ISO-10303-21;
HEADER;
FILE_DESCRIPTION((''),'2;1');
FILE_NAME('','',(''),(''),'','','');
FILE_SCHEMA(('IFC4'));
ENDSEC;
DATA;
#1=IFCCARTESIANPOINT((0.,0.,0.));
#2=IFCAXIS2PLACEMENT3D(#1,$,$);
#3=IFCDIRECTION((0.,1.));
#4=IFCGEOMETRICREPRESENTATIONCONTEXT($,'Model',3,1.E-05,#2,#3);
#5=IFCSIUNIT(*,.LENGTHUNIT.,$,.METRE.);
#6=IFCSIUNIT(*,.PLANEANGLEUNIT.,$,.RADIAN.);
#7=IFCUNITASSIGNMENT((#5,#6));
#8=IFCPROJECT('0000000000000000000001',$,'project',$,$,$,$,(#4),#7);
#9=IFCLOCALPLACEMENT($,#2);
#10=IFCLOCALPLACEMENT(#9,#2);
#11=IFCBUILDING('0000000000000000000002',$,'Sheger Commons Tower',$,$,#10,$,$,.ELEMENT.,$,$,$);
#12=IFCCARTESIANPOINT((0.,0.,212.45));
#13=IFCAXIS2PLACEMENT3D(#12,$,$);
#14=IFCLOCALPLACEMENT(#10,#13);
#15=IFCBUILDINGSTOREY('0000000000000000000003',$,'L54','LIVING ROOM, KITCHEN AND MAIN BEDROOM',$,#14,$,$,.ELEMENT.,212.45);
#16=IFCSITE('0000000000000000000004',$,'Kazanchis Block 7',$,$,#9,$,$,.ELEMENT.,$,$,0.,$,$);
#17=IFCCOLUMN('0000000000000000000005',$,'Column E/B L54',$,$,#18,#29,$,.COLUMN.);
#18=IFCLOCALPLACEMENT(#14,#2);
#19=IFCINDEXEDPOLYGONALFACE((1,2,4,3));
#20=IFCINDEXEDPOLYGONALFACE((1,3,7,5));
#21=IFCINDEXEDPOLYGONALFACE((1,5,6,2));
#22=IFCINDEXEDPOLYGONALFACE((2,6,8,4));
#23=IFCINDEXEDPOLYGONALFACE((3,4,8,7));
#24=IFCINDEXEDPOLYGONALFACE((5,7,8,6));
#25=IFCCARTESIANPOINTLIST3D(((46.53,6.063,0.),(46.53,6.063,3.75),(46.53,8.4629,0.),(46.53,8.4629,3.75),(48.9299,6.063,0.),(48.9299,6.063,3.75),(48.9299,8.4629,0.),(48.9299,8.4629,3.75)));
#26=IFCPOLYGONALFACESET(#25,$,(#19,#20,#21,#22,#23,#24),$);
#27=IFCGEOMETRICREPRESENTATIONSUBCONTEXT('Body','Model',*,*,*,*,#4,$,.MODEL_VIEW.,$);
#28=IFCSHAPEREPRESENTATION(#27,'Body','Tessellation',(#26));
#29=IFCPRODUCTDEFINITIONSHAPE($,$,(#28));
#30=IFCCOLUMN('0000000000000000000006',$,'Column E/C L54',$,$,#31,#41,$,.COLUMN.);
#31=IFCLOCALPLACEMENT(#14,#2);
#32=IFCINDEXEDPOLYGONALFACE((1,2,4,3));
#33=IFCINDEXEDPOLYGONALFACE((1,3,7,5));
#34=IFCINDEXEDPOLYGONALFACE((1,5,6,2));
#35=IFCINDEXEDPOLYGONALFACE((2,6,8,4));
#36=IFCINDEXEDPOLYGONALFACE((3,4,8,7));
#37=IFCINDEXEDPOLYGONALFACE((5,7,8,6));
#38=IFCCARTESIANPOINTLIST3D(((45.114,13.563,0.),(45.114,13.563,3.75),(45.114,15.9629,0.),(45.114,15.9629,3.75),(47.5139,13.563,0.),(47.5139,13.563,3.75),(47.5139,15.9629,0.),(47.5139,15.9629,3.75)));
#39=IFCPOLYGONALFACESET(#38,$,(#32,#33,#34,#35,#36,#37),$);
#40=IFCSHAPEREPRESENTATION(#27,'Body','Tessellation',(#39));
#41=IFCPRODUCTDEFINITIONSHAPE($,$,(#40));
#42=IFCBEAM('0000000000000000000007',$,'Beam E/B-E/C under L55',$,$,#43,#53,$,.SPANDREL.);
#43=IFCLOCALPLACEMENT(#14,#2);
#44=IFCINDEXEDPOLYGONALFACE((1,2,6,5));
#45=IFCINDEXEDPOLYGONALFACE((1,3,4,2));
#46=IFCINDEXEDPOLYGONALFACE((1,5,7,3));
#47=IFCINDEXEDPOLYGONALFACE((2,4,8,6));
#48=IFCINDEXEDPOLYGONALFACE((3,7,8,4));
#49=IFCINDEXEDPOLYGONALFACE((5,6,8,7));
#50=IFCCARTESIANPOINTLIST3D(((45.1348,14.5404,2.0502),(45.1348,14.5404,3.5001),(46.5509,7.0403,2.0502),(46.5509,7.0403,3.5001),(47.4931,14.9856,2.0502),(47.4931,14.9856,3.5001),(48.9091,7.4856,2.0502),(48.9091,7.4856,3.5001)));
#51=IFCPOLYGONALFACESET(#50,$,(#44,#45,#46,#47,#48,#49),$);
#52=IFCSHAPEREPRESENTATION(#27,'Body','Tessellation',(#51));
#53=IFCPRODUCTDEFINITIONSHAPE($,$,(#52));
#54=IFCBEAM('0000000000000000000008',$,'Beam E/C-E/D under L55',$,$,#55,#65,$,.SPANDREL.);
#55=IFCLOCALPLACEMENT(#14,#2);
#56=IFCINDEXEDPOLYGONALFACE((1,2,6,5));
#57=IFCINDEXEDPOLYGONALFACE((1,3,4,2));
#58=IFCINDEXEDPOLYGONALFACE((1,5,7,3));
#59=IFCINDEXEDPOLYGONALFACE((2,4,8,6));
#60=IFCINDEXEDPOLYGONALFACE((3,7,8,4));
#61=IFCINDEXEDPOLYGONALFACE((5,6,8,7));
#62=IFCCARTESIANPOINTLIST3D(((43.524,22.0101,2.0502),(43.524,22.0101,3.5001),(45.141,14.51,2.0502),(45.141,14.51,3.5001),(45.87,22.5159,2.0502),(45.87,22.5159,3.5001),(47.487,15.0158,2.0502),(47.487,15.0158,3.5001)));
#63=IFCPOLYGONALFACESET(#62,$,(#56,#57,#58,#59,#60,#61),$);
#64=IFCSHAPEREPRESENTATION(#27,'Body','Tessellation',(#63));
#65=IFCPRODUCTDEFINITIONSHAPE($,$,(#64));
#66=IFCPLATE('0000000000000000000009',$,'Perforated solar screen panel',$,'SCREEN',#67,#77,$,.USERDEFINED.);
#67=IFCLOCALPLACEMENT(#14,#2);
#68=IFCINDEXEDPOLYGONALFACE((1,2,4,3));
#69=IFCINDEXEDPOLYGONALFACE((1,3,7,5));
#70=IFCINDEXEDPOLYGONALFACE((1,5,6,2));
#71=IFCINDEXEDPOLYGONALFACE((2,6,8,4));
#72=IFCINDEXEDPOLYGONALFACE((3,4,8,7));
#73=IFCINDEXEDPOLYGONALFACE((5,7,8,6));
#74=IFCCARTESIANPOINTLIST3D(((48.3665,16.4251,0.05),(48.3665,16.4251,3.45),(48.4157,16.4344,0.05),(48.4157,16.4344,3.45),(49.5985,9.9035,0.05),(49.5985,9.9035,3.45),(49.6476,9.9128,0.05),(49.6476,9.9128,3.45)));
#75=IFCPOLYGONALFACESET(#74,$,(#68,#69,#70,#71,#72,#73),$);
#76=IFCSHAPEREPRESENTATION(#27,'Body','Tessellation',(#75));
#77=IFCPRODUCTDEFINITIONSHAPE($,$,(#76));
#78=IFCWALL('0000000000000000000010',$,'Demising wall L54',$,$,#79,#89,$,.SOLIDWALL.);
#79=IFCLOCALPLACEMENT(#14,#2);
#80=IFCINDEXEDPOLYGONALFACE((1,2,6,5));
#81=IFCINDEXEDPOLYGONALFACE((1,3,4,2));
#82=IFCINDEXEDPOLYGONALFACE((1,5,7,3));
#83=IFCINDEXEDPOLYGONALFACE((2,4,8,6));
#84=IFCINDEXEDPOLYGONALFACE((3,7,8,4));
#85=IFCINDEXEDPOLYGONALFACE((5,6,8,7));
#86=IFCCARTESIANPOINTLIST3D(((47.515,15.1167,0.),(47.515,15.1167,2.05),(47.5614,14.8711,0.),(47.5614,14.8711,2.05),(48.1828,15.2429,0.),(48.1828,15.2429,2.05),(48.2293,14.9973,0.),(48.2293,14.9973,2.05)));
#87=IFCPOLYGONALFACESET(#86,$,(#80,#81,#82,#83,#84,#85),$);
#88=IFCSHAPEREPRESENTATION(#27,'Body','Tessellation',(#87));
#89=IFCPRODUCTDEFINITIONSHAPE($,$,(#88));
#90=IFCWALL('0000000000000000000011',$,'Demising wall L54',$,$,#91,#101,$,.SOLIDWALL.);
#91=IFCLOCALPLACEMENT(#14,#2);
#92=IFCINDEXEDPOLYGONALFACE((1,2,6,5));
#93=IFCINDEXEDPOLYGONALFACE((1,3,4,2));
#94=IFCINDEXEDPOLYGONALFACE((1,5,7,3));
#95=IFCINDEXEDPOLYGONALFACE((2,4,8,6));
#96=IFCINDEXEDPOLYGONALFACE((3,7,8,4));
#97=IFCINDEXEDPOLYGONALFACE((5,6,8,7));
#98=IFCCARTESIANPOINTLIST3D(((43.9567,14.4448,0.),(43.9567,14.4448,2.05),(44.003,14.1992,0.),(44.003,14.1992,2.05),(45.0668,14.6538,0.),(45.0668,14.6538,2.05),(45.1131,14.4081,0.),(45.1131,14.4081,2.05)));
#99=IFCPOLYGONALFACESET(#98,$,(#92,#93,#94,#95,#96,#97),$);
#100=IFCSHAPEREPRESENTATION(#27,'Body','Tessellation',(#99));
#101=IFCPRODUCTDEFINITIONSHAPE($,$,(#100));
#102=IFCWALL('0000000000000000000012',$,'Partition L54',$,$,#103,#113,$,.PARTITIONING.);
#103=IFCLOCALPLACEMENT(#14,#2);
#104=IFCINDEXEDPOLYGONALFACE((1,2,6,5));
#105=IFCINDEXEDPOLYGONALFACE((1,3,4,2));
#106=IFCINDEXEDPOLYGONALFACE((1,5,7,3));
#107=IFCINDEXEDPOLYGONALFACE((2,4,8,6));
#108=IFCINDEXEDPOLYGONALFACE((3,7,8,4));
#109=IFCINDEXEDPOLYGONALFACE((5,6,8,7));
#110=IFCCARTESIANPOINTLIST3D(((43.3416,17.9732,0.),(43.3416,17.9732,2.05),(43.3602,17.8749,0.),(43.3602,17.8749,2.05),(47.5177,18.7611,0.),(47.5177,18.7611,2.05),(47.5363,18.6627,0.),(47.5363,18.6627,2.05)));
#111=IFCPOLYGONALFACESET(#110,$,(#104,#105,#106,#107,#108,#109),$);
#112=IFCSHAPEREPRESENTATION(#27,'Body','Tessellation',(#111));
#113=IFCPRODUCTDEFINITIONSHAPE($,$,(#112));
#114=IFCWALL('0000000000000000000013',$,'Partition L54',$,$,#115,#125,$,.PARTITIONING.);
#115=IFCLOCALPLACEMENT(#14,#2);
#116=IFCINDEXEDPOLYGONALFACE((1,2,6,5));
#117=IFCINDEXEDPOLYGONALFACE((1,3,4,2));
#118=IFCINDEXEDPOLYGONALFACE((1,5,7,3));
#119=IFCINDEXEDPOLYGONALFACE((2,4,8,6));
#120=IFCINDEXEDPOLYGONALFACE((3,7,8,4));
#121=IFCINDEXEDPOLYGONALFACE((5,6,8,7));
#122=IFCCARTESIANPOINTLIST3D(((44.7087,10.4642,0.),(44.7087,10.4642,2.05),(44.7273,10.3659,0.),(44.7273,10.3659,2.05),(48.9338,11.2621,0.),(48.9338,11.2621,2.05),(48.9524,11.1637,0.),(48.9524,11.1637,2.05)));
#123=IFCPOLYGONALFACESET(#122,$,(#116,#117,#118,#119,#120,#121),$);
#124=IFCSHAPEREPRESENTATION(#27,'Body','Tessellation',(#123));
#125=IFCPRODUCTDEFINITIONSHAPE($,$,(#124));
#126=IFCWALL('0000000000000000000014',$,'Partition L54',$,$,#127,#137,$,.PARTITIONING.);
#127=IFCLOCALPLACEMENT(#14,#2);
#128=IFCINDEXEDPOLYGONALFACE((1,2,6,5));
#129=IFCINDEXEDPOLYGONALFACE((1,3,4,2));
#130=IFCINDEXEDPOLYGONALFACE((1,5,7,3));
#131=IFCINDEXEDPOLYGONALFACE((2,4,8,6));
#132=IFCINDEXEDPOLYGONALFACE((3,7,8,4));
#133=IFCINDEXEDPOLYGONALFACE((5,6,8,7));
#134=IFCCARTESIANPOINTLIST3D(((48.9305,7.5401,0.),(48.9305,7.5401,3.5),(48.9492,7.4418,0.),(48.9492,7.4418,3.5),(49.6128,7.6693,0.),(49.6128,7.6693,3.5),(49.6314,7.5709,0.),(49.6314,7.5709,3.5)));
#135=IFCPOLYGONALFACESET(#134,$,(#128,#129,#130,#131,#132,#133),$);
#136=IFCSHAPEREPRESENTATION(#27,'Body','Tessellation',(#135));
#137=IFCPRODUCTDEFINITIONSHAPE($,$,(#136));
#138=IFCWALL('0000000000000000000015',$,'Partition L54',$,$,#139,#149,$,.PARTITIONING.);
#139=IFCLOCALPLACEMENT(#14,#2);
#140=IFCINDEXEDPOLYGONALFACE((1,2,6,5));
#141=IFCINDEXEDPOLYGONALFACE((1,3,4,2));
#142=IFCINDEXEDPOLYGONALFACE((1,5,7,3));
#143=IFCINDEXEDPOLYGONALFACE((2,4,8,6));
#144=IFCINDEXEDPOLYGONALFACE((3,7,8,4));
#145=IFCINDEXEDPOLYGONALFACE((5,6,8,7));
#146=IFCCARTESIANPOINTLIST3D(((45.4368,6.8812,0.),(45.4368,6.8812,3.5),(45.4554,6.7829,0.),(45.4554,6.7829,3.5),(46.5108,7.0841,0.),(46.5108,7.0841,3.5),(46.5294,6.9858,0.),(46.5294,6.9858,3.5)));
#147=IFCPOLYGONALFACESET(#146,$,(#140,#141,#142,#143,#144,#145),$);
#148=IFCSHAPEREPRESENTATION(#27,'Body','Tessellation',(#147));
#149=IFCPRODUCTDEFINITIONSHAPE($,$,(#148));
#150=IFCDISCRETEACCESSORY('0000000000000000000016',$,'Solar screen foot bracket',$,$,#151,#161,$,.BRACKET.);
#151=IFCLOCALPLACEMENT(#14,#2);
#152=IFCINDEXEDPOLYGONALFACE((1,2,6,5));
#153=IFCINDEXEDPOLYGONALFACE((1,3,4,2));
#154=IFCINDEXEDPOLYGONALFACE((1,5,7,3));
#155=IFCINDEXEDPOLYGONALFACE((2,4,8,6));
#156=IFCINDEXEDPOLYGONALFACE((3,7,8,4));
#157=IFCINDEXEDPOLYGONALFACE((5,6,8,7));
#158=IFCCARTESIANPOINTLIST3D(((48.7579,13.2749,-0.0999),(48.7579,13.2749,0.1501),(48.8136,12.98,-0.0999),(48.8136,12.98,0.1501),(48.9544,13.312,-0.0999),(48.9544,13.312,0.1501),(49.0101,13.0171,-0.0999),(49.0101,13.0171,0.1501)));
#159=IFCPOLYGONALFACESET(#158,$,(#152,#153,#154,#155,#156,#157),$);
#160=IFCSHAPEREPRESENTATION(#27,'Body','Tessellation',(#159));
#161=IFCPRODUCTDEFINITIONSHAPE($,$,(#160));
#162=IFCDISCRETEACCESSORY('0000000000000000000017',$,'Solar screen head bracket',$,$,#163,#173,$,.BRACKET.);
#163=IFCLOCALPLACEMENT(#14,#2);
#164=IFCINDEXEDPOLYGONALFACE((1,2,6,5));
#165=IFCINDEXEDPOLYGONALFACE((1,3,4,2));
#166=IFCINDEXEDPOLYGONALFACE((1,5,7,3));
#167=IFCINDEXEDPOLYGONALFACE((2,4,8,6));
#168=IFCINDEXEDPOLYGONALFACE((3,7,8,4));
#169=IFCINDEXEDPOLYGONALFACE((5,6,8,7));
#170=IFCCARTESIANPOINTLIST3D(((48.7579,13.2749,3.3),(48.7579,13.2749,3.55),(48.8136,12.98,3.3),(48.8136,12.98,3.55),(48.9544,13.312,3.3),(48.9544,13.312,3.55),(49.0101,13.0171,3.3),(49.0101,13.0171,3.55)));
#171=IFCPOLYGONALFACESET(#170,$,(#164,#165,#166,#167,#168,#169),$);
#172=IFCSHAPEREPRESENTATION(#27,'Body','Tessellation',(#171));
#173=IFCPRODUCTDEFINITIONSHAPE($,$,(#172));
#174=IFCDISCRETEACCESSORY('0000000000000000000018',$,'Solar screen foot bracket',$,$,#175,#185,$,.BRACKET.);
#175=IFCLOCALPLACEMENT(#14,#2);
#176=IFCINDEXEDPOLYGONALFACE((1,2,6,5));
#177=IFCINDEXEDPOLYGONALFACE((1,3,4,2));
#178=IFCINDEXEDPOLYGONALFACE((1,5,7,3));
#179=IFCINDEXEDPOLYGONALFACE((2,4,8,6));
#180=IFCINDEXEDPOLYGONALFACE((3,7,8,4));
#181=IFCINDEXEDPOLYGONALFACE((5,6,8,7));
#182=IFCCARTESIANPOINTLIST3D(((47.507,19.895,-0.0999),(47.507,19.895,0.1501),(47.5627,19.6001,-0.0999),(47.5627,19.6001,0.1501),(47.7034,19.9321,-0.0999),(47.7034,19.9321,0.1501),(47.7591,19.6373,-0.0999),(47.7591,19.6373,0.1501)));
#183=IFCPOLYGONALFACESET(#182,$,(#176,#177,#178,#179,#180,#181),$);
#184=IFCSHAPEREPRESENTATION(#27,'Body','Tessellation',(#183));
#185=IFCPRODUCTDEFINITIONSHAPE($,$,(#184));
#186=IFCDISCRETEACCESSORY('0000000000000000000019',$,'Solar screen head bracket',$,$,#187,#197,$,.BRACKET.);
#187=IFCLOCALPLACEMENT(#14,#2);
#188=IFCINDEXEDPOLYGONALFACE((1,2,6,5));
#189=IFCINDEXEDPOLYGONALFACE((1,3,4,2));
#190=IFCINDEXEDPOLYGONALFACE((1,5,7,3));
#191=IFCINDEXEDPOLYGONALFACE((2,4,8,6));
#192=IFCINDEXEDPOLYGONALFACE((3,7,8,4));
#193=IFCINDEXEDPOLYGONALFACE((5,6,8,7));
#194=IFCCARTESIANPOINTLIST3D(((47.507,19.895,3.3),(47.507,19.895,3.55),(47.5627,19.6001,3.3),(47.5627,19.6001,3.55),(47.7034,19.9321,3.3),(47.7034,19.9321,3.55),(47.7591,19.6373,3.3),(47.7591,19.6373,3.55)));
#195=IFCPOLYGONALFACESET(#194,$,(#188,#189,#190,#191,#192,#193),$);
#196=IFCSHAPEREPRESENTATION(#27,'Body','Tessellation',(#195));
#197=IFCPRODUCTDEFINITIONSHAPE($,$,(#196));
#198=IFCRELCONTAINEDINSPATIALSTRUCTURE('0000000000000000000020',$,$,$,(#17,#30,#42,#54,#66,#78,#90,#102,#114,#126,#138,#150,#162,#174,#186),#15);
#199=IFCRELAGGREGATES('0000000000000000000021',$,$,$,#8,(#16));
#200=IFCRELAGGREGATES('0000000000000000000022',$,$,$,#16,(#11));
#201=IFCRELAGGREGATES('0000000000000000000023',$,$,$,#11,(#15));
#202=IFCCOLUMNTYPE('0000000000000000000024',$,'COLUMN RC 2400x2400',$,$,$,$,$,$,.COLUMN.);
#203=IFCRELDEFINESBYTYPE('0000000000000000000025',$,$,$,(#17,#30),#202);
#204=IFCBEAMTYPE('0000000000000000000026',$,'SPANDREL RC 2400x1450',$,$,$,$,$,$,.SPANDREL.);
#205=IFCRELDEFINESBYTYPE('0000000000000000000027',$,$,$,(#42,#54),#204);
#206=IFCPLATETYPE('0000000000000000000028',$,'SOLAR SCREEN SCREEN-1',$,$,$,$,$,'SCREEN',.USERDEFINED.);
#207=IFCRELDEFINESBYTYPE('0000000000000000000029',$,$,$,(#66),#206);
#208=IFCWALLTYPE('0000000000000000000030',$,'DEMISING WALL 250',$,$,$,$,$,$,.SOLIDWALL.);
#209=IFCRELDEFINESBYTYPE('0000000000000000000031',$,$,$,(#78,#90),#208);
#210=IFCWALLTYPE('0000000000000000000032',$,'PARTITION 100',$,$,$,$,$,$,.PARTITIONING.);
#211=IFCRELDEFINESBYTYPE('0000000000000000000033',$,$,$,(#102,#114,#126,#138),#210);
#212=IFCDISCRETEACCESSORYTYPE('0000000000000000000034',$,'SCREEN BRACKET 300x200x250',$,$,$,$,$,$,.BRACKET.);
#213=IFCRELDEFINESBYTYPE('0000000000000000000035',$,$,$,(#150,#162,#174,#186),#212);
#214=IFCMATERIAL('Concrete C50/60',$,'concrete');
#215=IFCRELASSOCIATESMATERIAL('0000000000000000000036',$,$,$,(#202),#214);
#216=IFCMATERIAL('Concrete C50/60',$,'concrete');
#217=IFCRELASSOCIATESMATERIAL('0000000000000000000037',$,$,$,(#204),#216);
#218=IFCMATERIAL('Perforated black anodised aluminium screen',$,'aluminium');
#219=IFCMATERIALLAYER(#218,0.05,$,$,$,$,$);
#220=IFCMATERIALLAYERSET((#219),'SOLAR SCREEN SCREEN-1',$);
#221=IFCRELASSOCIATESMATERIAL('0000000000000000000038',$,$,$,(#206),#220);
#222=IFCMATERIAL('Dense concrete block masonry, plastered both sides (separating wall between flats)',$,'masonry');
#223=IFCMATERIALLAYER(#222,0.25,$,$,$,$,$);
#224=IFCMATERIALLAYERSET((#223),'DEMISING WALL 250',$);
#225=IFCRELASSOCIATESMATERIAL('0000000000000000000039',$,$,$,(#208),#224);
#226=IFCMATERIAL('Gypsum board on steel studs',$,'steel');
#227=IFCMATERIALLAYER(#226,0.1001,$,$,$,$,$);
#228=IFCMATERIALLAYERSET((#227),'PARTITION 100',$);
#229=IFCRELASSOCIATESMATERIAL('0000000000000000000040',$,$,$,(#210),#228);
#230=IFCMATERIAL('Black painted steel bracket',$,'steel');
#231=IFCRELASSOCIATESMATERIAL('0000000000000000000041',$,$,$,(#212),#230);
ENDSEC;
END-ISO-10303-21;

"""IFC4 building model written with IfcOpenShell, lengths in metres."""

from ifc_helpers import new_model, si_unit, direction, frame, frame_2d, origin, origin_2d, place, context, subcontext, project, spatial, rectangle, extrude, material, layer, layer_set, material_profile, profile_set, type_object, element, save


model = new_model("IFC4")

# Units and contexts
model_context = context("Model", 3, precision=1e-05, world=origin(), true_north=direction((0.0, 1.0)))
body_context = subcontext(model_context, "Body", "Model", "MODEL_VIEW")
ifc_project = project(units=[si_unit("LENGTHUNIT", "METRE"), si_unit("PLANEANGLEUNIT", "RADIAN")], contexts=[model_context])

# Site, building, storey
site_placement = place(None, origin())
site = spatial("IfcSite", under=ifc_project, at=site_placement, Name="Kazanchis Block 7", CompositionType="ELEMENT", RefElevation=0.0)
building_placement = place(site_placement, origin())
building = spatial("IfcBuilding", under=site, at=building_placement, Name="Sheger Commons Tower", CompositionType="ELEMENT")
storey_placement = place(building_placement, frame((0.0, 0.0, 212.45)))
storey = spatial("IfcBuildingStorey", under=building, at=storey_placement, Name="L54", Description="LIVING ROOM, KITCHEN AND MAIN BEDROOM", CompositionType="ELEMENT", Elevation=212.45)

# Columns
ifc_material_1 = material(Name="Concrete C50/60", Category="concrete")
ifc_material_profile_1 = material_profile(ifc_material_1, rectangle(XDim=2.3999, YDim=2.3999, at=origin_2d()), Name="RC 2400x2400")
ifc_profile_set_1 = profile_set([ifc_material_profile_1], Name="Concrete C50/60")
column_type = type_object("IfcColumnType", Name="COLUMN RC 2400x2400", PredefinedType="COLUMN", material=ifc_profile_set_1)
for number, where, z_axis, x_axis, name in (
    (1, (47.73, 7.2629, 0.0), (0.0, 0.0, 1.0), (1.0, 0.0, 0.0), "Column E/B L54"),
    (2, (46.314, 14.7629, 0.0), (0.0, 0.0, 1.0), (1.0, 0.0, 0.0), "Column E/C L54"),
):
    element("IfcColumn", number, at=place(storey_placement, frame(where, z_axis=z_axis, x_axis=x_axis)), inside=storey, type_object=column_type, Name=name, PredefinedType="COLUMN", context=body_context, shape_type="SweptSolid", body=[
        extrude(rectangle(XDim=2.3999, YDim=2.3999, at=origin_2d()), origin(), (0.0, 0.0, 1.0), 3.75),
    ])

# Beams
ifc_material_2 = material(Name="Concrete C50/60", Category="concrete")
ifc_material_profile_2 = material_profile(ifc_material_2, rectangle(XDim=2.3999, YDim=1.45, at=origin_2d()), Name="RC 2400x1450")
ifc_profile_set_2 = profile_set([ifc_material_profile_2], Name="Concrete C50/60")
beam_type = type_object("IfcBeamType", Name="SPANDREL RC 2400x1450", PredefinedType="SPANDREL", material=ifc_profile_set_2)
beam_1_placement = place(storey_placement, frame((47.73, 7.2629, 2.7751), z_axis=(-0.185524, 0.98264, 0.0), x_axis=(-0.98264, -0.185524, 0.0)))
element("IfcBeam", 3, at=beam_1_placement, inside=storey, type_object=beam_type, Name="Beam E/B-E/C under L55", PredefinedType="SPANDREL", context=body_context, shape_type="SweptSolid", body=[
    extrude(rectangle(XDim=2.3999, YDim=1.45, at=origin_2d()), origin(), (0.0, 0.0, 1.0), 7.6326),
])
beam_2_placement = place(storey_placement, frame((46.314, 14.7629, 2.7751), z_axis=(-0.21075, 0.97754, 0.0), x_axis=(-0.97754, -0.21075, 0.0)))
element("IfcBeam", 4, at=beam_2_placement, inside=storey, type_object=beam_type, Name="Beam E/C-E/D under L55", PredefinedType="SPANDREL", context=body_context, shape_type="SweptSolid", body=[
    extrude(rectangle(XDim=2.3999, YDim=1.45, at=origin_2d()), origin(), (0.0, 0.0, 1.0), 7.6724),
])

# Plate
ifc_material_3 = material(Name="Perforated black anodised aluminium screen", Category="aluminium")
ifc_layer_1 = layer(ifc_material_3, 0.05)
ifc_layer_set_1 = layer_set([ifc_layer_1], Name="SOLAR SCREEN SCREEN-1")
plate_type = type_object("IfcPlateType", Name="SOLAR SCREEN SCREEN-1", ElementType="SCREEN", PredefinedType="USERDEFINED", material=ifc_layer_set_1)
plate_placement = place(storey_placement, frame((49.0071, 13.1689, 0.05), z_axis=(0.0, 0.0, 1.0), x_axis=(-0.185615, 0.982623, 0.0)))
element("IfcPlate", 5, at=plate_placement, inside=storey, type_object=plate_type, Name="Perforated solar screen panel", ObjectType="SCREEN", PredefinedType="USERDEFINED", context=body_context, shape_type="SweptSolid", body=[
    extrude(rectangle(XDim=6.637, YDim=0.05, at=origin_2d()), origin(), (0.0, 0.0, 1.0), 3.3999),
])

# Walls
ifc_material_4 = material(Name="Dense concrete block masonry, plastered both sides (separating wall between flats)", Category="masonry")
ifc_layer_2 = layer(ifc_material_4, 0.25)
ifc_layer_set_2 = layer_set([ifc_layer_2], Name="DEMISING WALL 250")
wall_type_1 = type_object("IfcWallType", Name="DEMISING WALL 250", PredefinedType="SOLIDWALL", material=ifc_layer_set_2)
wall_1_placement = place(storey_placement, frame((48.2061, 15.1201, 0.0), z_axis=(0.0, 0.0, 1.0), x_axis=(-0.982611, -0.185676, 0.0)))
element("IfcWall", 6, at=wall_1_placement, inside=storey, type_object=wall_type_1, Name="Demising wall L54", PredefinedType="SOLIDWALL", context=body_context, shape_type="SweptSolid", body=[
    extrude(rectangle(XDim=0.6797, YDim=0.25, at=frame_2d((0.3398, 0.0))), origin(), (0.0, 0.0, 1.0), 2.05),
])
wall_2_placement = place(storey_placement, frame((45.0901, 14.531, 0.0), z_axis=(0.0, 0.0, 1.0), x_axis=(-0.982737, -0.185006, 0.0)))
element("IfcWall", 7, at=wall_2_placement, inside=storey, type_object=wall_type_1, Name="Demising wall L54", PredefinedType="SOLIDWALL", context=body_context, shape_type="SweptSolid", body=[
    extrude(rectangle(XDim=1.1296, YDim=0.25, at=frame_2d((0.5649, 0.0))), origin(), (0.0, 0.0, 1.0), 2.05),
])
ifc_material_5 = material(Name="Gypsum board on steel studs", Category="steel")
ifc_layer_3 = layer(ifc_material_5, 0.1001)
ifc_layer_set_3 = layer_set([ifc_layer_3], Name="PARTITION 100")
wall_type_2 = type_object("IfcWallType", Name="PARTITION 100", PredefinedType="PARTITIONING", material=ifc_layer_set_3)
wall_3_placement = place(storey_placement, frame((47.5271, 18.7119, 0.0), z_axis=(0.0, 0.0, 1.0), x_axis=(-0.982665, -0.185388, 0.0)))
element("IfcWall", 8, at=wall_3_placement, inside=storey, type_object=wall_type_2, Name="Partition L54", PredefinedType="PARTITIONING", context=body_context, shape_type="SweptSolid", body=[
    extrude(rectangle(XDim=4.2498, YDim=0.1001, at=frame_2d((2.125, 0.0))), origin(), (0.0, 0.0, 1.0), 2.05),
])
wall_4_placement = place(storey_placement, frame((48.9431, 11.2129, 0.0), z_axis=(0.0, 0.0, 1.0), x_axis=(-0.982634, -0.185557, 0.0)))
element("IfcWall", 9, at=wall_4_placement, inside=storey, type_object=wall_type_2, Name="Partition L54", PredefinedType="PARTITIONING", context=body_context, shape_type="SweptSolid", body=[
    extrude(rectangle(XDim=4.2998, YDim=0.1001, at=frame_2d((2.1499, 0.0))), origin(), (0.0, 0.0, 1.0), 2.05),
])
wall_5_placement = place(storey_placement, frame((49.6221, 7.6201, 0.0), z_axis=(0.0, 0.0, 1.0), x_axis=(-0.982544, -0.186029, 0.0)))
element("IfcWall", 10, at=wall_5_placement, inside=storey, type_object=wall_type_2, Name="Partition L54", PredefinedType="PARTITIONING", context=body_context, shape_type="SweptSolid", body=[
    extrude(rectangle(XDim=0.6943, YDim=0.1001, at=frame_2d((0.3472, 0.0))), origin(), (0.0, 0.0, 1.0), 3.5),
])
wall_6_placement = place(storey_placement, frame((46.52, 7.0349, 0.0), z_axis=(0.0, 0.0, 1.0), x_axis=(-0.982621, -0.185624, 0.0)))
element("IfcWall", 11, at=wall_6_placement, inside=storey, type_object=wall_type_2, Name="Partition L54", PredefinedType="PARTITIONING", context=body_context, shape_type="SweptSolid", body=[
    extrude(rectangle(XDim=1.093, YDim=0.1001, at=frame_2d((0.5464, 0.0))), origin(), (0.0, 0.0, 1.0), 3.5),
])

# Discrete accessories
ifc_material_6 = material(Name="Black painted steel bracket", Category="steel")
discrete_accessory_type = type_object("IfcDiscreteAccessoryType", Name="SCREEN BRACKET 300x200x250", PredefinedType="BRACKET", material=ifc_material_6)
for number, where, z_axis, x_axis, name in (
    (12, (48.884, 13.146, -0.0999), (0.0, 0.0, 1.0), (-0.185615, 0.982623, 0.0), "Solar screen foot bracket"),
    (13, (48.884, 13.146, 3.3), (0.0, 0.0, 1.0), (-0.185615, 0.982623, 0.0), "Solar screen head bracket"),
    (14, (47.6331, 19.7661, -0.0999), (0.0, 0.0, 1.0), (-0.185615, 0.982623, 0.0), "Solar screen foot bracket"),
    (15, (47.6331, 19.7661, 3.3), (0.0, 0.0, 1.0), (-0.185615, 0.982623, 0.0), "Solar screen head bracket"),
):
    element("IfcDiscreteAccessory", number, at=place(storey_placement, frame(where, z_axis=z_axis, x_axis=x_axis)), inside=storey, type_object=discrete_accessory_type, Name=name, PredefinedType="BRACKET", context=body_context, shape_type="SweptSolid", body=[
        extrude(rectangle(XDim=0.3, YDim=0.2, at=origin_2d()), origin(), (0.0, 0.0, 1.0), 0.25),
    ])

save(model, "model.ifc")
